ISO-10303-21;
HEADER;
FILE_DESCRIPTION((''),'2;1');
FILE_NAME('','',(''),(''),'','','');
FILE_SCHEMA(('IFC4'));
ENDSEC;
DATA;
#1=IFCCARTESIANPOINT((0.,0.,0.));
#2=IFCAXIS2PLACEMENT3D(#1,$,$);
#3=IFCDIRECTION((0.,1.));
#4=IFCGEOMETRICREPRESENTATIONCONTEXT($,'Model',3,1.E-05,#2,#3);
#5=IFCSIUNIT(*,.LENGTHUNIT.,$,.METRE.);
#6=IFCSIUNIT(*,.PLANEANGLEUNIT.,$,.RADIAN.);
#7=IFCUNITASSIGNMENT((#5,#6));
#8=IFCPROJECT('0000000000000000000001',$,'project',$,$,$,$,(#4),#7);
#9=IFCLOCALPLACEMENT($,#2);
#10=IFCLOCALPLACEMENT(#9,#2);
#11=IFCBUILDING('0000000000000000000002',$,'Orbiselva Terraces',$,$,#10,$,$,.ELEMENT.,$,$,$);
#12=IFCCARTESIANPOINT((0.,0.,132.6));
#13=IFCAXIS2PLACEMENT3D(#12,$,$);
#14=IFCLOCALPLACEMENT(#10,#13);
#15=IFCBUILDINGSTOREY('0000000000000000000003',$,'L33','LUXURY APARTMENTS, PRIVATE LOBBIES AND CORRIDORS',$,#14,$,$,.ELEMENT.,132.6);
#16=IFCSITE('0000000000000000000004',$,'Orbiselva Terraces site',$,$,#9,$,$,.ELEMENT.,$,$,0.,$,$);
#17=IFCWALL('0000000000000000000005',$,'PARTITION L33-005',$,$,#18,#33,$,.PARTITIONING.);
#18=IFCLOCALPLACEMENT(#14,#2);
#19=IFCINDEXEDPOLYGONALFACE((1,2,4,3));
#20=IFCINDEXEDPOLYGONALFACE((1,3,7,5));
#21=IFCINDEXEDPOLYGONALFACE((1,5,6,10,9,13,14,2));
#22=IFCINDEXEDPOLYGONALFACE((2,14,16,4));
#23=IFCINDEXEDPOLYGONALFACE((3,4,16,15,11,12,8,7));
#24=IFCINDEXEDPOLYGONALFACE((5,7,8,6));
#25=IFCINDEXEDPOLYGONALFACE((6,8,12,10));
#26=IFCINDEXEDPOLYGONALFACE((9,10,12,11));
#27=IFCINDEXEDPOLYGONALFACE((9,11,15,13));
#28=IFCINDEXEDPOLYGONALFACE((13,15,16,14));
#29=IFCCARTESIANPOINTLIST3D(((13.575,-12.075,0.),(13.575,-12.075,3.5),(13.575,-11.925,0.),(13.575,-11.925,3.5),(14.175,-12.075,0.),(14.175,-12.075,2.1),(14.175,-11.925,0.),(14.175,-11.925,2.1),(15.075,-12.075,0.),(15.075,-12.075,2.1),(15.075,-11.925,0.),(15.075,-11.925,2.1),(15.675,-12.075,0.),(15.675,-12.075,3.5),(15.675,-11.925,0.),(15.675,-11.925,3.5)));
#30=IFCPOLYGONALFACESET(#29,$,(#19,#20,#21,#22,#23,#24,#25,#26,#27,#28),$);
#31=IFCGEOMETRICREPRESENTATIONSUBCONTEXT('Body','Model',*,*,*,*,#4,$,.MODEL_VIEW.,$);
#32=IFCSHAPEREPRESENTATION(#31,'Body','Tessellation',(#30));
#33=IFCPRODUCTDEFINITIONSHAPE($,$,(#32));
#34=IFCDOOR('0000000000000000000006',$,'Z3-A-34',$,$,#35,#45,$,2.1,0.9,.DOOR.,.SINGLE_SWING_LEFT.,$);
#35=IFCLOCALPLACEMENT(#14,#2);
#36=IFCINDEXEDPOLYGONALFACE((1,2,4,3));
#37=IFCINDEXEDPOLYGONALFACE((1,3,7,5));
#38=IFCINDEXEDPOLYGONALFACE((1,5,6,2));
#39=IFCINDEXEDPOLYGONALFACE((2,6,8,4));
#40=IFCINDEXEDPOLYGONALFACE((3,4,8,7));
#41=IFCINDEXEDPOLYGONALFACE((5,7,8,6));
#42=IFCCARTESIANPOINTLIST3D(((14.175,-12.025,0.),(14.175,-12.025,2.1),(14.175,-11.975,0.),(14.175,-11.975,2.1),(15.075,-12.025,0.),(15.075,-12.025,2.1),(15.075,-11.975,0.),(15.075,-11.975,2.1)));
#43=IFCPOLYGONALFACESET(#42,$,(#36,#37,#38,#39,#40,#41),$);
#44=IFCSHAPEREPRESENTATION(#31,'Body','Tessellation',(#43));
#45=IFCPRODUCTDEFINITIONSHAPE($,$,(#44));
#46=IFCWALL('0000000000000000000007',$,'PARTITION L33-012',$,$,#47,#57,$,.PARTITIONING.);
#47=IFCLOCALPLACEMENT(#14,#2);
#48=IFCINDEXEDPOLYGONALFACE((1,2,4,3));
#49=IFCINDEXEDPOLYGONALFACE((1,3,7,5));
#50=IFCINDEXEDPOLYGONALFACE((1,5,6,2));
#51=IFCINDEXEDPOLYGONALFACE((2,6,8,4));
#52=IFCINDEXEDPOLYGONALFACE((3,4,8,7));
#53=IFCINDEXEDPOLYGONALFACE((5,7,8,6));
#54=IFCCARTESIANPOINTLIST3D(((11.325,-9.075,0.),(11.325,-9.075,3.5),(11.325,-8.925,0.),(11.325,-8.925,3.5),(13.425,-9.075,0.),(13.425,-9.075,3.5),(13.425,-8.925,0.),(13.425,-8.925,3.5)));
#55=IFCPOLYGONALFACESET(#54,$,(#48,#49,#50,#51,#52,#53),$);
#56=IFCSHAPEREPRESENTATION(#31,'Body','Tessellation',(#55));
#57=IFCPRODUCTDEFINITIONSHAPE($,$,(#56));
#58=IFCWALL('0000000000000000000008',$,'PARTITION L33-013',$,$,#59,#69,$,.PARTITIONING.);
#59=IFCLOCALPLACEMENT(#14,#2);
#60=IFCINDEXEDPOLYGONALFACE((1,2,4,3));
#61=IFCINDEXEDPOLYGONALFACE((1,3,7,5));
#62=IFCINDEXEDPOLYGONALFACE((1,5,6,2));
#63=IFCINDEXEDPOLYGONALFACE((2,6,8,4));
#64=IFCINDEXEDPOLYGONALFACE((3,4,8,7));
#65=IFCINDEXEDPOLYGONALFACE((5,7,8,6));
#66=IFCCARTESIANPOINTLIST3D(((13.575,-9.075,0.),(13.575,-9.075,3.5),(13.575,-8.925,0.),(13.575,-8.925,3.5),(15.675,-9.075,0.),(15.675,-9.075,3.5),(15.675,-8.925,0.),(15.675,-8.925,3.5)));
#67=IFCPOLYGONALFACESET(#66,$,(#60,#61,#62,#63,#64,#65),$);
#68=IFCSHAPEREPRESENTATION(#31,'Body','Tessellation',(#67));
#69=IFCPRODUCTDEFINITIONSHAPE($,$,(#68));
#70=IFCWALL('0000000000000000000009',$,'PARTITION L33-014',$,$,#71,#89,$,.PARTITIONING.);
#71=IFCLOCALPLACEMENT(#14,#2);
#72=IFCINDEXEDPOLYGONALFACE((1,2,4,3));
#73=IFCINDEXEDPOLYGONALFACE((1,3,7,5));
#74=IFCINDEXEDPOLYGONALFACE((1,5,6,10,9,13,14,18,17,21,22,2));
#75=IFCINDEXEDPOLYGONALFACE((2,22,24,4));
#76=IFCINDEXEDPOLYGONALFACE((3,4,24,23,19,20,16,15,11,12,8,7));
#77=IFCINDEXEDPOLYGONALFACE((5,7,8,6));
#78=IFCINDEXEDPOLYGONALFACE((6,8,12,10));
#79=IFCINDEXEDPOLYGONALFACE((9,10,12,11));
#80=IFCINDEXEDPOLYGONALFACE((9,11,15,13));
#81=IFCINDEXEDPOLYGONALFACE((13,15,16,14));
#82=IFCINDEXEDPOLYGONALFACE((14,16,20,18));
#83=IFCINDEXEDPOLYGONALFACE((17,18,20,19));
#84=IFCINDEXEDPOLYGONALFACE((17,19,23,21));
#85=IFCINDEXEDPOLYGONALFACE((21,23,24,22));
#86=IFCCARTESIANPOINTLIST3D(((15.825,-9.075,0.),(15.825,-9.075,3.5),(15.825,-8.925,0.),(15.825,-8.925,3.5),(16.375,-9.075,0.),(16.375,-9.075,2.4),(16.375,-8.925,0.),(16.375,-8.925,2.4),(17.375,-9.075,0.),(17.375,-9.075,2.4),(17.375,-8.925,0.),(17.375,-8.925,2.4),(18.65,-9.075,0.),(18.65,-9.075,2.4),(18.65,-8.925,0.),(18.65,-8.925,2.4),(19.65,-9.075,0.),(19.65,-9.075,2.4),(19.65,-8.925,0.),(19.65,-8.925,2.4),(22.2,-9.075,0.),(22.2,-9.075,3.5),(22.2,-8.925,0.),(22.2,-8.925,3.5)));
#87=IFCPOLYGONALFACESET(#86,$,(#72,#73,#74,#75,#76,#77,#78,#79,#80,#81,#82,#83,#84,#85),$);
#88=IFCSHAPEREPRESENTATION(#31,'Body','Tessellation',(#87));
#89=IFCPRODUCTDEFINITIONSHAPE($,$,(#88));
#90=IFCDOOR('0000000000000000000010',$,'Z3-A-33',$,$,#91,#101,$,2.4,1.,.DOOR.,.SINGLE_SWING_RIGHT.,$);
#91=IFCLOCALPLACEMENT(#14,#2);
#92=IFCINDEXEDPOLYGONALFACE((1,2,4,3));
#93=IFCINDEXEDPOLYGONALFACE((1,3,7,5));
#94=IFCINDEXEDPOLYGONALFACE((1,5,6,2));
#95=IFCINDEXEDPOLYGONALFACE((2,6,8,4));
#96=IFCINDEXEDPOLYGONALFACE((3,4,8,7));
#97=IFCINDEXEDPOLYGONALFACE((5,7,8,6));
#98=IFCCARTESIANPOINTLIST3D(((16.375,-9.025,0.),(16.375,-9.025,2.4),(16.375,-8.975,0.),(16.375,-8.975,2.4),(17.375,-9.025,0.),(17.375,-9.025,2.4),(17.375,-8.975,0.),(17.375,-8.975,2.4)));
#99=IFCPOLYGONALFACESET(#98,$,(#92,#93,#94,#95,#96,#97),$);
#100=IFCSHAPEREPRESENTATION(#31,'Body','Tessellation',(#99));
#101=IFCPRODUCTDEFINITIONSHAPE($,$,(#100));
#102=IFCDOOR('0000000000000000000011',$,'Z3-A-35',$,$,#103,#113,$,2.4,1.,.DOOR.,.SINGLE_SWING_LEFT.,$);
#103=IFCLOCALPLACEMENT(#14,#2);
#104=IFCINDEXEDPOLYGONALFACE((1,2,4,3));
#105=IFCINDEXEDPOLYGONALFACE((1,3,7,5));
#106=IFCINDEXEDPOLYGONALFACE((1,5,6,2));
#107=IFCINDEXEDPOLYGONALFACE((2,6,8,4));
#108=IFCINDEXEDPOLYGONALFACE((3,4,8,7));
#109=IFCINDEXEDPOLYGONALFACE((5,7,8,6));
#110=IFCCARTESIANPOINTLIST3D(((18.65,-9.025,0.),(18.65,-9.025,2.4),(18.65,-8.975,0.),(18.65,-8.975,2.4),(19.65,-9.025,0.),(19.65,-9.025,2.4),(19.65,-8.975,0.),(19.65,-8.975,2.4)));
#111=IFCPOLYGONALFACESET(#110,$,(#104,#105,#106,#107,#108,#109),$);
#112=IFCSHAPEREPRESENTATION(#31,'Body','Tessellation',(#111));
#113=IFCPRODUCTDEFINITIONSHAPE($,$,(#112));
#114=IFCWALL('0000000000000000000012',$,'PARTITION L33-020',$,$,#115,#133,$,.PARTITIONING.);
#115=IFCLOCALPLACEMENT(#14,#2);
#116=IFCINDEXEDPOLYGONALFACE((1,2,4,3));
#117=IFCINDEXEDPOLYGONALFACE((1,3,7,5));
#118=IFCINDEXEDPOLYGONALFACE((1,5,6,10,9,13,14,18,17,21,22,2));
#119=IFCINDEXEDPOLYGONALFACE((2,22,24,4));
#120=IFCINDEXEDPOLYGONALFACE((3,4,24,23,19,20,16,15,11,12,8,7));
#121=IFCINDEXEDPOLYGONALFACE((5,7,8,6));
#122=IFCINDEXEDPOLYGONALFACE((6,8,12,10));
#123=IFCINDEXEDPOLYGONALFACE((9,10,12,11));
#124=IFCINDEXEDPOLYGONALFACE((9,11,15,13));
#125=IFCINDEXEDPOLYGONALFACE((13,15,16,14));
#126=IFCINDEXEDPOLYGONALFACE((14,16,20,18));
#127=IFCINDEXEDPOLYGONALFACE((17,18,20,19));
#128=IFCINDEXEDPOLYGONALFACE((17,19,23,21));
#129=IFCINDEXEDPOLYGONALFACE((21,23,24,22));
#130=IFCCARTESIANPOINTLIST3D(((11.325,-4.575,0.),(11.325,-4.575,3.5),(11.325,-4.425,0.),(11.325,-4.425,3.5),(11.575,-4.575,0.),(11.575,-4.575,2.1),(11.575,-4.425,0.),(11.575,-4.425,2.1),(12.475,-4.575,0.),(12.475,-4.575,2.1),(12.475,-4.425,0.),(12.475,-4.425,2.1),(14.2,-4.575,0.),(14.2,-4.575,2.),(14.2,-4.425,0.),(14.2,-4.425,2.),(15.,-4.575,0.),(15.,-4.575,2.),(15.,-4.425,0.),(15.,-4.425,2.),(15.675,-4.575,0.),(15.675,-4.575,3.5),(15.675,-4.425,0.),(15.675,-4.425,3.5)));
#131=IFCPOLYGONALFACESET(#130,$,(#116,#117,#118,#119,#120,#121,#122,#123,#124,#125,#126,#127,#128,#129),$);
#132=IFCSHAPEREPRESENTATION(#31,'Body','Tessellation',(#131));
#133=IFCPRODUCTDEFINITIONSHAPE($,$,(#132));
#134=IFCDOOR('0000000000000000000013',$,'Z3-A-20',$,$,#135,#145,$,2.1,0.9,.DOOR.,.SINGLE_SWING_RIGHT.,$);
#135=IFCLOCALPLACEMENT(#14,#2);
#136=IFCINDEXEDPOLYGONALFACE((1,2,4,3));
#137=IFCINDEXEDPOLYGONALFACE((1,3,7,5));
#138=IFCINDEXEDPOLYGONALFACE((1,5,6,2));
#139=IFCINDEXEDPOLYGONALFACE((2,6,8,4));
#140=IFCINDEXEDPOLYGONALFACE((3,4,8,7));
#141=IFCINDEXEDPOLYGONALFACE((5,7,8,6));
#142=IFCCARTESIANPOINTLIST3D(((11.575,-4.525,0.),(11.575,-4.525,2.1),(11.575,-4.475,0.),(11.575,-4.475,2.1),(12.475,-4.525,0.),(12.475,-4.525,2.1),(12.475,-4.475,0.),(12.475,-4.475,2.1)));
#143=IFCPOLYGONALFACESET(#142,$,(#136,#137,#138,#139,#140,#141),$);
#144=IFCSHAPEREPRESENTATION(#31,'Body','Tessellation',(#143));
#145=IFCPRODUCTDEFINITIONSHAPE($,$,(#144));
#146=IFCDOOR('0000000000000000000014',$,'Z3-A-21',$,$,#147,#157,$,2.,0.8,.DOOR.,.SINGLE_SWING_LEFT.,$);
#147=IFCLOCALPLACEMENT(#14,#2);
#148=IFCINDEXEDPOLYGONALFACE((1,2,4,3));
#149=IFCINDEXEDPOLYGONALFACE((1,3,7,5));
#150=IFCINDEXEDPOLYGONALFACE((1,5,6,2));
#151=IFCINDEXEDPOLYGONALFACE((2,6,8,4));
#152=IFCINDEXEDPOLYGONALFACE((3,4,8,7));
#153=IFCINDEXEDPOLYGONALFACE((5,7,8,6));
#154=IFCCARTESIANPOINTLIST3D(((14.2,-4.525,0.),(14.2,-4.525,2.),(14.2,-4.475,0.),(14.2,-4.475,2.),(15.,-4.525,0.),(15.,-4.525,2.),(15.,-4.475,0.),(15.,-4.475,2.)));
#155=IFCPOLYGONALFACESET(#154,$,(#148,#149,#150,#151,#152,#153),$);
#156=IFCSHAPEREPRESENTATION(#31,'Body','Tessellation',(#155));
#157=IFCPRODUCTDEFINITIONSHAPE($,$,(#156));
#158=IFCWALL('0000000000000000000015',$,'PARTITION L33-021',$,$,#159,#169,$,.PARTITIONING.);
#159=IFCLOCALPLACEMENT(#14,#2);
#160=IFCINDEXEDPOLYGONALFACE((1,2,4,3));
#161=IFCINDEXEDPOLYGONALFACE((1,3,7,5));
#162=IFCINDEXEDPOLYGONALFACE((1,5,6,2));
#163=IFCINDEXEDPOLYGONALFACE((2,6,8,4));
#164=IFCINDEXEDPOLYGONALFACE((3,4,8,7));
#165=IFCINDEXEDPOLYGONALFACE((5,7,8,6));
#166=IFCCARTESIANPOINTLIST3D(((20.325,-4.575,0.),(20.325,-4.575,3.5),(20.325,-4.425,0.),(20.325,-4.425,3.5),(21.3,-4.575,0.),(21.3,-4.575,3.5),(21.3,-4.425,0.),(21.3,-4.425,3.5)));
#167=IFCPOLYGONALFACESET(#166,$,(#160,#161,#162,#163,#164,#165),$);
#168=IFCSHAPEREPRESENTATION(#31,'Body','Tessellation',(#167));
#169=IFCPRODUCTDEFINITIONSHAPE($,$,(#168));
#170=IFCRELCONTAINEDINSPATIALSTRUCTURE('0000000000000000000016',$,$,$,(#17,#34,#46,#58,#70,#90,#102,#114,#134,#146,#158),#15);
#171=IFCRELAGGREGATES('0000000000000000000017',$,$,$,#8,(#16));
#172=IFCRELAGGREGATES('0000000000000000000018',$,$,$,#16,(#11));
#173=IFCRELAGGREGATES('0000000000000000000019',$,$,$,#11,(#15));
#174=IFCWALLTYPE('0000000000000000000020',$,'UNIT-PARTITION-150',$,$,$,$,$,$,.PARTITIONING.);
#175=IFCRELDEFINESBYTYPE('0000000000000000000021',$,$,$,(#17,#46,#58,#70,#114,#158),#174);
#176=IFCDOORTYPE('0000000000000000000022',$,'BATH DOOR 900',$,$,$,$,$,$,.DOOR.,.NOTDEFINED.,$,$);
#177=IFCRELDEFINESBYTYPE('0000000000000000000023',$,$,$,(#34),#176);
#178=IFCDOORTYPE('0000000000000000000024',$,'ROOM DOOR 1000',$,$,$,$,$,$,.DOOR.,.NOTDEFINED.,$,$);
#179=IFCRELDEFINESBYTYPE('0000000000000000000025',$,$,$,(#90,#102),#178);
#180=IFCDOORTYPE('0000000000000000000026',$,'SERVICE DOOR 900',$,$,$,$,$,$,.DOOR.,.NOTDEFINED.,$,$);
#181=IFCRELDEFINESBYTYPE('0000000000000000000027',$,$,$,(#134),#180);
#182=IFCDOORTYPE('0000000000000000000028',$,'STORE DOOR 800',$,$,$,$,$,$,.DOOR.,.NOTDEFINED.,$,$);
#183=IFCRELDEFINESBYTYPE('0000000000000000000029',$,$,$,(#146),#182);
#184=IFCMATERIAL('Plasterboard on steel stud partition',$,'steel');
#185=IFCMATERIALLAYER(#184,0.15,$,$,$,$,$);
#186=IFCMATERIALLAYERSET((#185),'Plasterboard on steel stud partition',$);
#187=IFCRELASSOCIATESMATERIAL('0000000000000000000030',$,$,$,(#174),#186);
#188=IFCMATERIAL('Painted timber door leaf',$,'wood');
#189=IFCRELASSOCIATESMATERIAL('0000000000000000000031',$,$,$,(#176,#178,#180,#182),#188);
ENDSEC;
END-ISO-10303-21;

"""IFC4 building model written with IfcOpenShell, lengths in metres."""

from ifc_helpers import new_model, si_unit, direction, frame, frame_2d, origin, place, context, subcontext, project, spatial, rectangle, extrude, material, layer, layer_set, type_object, element, fill, save


model = new_model("IFC4")

# Units and contexts
model_context = context("Model", 3, precision=1e-05, world=origin(), true_north=direction((0.0, 1.0)))
body_context = subcontext(model_context, "Body", "Model", "MODEL_VIEW")
ifc_project = project(units=[si_unit("LENGTHUNIT", "METRE"), si_unit("PLANEANGLEUNIT", "RADIAN")], contexts=[model_context])

# Site, building, storey
site_placement = place(None, origin())
site = spatial("IfcSite", under=ifc_project, at=site_placement, Name="Orbiselva Terraces site", CompositionType="ELEMENT", RefElevation=0.0)
building_placement = place(site_placement, origin())
building = spatial("IfcBuilding", under=site, at=building_placement, Name="Orbiselva Terraces", CompositionType="ELEMENT")
storey_placement = place(building_placement, frame((0.0, 0.0, 132.6)))
storey = spatial("IfcBuildingStorey", under=building, at=storey_placement, Name="L33", Description="LUXURY APARTMENTS, PRIVATE LOBBIES AND CORRIDORS", CompositionType="ELEMENT", Elevation=132.6)

# Shared definitions
ifc_material_1 = material(Name="Plasterboard on steel stud partition", Category="steel")
ifc_material_2 = material(Name="Painted timber door leaf", Category="wood")

# Wall, opening, door
ifc_layer_1 = layer(ifc_material_1, 0.15)
ifc_layer_set_1 = layer_set([ifc_layer_1], Name="Plasterboard on steel stud partition")
wall_type_1 = type_object("IfcWallType", Name="UNIT-PARTITION-150", PredefinedType="PARTITIONING", material=ifc_layer_set_1)
door_type_1 = type_object("IfcDoorType", Name="BATH DOOR 900", OperationType="NOTDEFINED", PredefinedType="DOOR", material=ifc_material_2)
wall_1_placement = place(storey_placement, frame((13.575, -12.0, 0.0), z_axis=(0.0, 0.0, 1.0), x_axis=(1.0, 0.0, 0.0)))
wall_1 = element("IfcWall", 1, at=wall_1_placement, inside=storey, type_object=wall_type_1, Name="PARTITION L33-005", PredefinedType="PARTITIONING", context=body_context, shape_type="SweptSolid", body=[
    extrude(rectangle(XDim=2.1, YDim=0.15, at=frame_2d((1.05, 0.0))), origin(), (0.0, 0.0, 1.0), 3.5),
])
opening_1_placement = place(wall_1_placement, frame((0.6, 0.0, 0.0)))
opening_1 = element("IfcOpeningElement", 2, at=opening_1_placement, cuts=wall_1, PredefinedType="OPENING", context=body_context, shape_type="SweptSolid", body=[
    extrude(rectangle(XDim=0.9, YDim=2.1, at=frame_2d((0.45, 1.05))), frame((0.0, 0.085, 0.0), z_axis=(0.0, -1.0, 0.0), x_axis=(1.0, 0.0, 0.0)), (0.0, 0.0, 1.0), 0.17),
])
door_1_placement = place(opening_1_placement, origin())
door_1 = element("IfcDoor", 3, at=door_1_placement, inside=storey, type_object=door_type_1, Name="Z3-A-34", OperationType="SINGLE_SWING_LEFT", OverallHeight=2.1, OverallWidth=0.9, PredefinedType="DOOR", context=body_context, shape_type="SweptSolid", body=[
    extrude(rectangle(XDim=0.9, YDim=2.1, at=frame_2d((0.45, 1.05))), frame((0.0, 0.025, 0.0), z_axis=(0.0, -1.0, 0.0), x_axis=(1.0, 0.0, 0.0)), (0.0, 0.0, 1.0), 0.05),
])
fill(opening_1, door_1)

# Walls
for number, where, z_axis, x_axis, name in (
    (4, (11.325, -9.0, 0.0), (0.0, 0.0, 1.0), (1.0, 0.0, 0.0), "PARTITION L33-012"),
    (5, (13.575, -9.0, 0.0), (0.0, 0.0, 1.0), (1.0, 0.0, 0.0), "PARTITION L33-013"),
):
    element("IfcWall", number, at=place(storey_placement, frame(where, z_axis=z_axis, x_axis=x_axis)), inside=storey, type_object=wall_type_1, Name=name, PredefinedType="PARTITIONING", context=body_context, shape_type="SweptSolid", body=[
        extrude(rectangle(XDim=2.1, YDim=0.15, at=frame_2d((1.05, 0.0))), origin(), (0.0, 0.0, 1.0), 3.5),
    ])

# Walls, openings, doors
wall_2_placement = place(storey_placement, frame((22.2, -9.0, 0.0), z_axis=(0.0, 0.0, 1.0), x_axis=(-1.0, 0.0, 0.0)))
wall_2 = element("IfcWall", 6, at=wall_2_placement, inside=storey, type_object=wall_type_1, Name="PARTITION L33-014", PredefinedType="PARTITIONING", context=body_context, shape_type="SweptSolid", body=[
    extrude(rectangle(XDim=6.375, YDim=0.15, at=frame_2d((3.1875, 0.0))), origin(), (0.0, 0.0, 1.0), 3.5),
])
opening_2_placement = place(wall_2_placement, frame((4.825, 0.0, 0.0)))
opening_2 = element("IfcOpeningElement", 7, at=opening_2_placement, cuts=wall_2, PredefinedType="OPENING", context=body_context, shape_type="SweptSolid", body=[
    extrude(rectangle(XDim=1.0, YDim=2.4, at=frame_2d((0.5, 1.2))), frame((0.0, 0.085, 0.0), z_axis=(0.0, -1.0, 0.0), x_axis=(1.0, 0.0, 0.0)), (0.0, 0.0, 1.0), 0.17),
])
opening_3_placement = place(wall_2_placement, frame((2.55, 0.0, 0.0)))
opening_3 = element("IfcOpeningElement", 8, at=opening_3_placement, cuts=wall_2, PredefinedType="OPENING", context=body_context, shape_type="SweptSolid", body=[
    extrude(rectangle(XDim=1.0, YDim=2.4, at=frame_2d((0.5, 1.2))), frame((0.0, 0.085, 0.0), z_axis=(0.0, -1.0, 0.0), x_axis=(1.0, 0.0, 0.0)), (0.0, 0.0, 1.0), 0.17),
])
door_type_2 = type_object("IfcDoorType", Name="ROOM DOOR 1000", OperationType="NOTDEFINED", PredefinedType="DOOR", material=ifc_material_2)
door_2_placement = place(opening_2_placement, origin())
door_2 = element("IfcDoor", 9, at=door_2_placement, inside=storey, type_object=door_type_2, Name="Z3-A-33", OperationType="SINGLE_SWING_RIGHT", OverallHeight=2.4, OverallWidth=1.0, PredefinedType="DOOR", context=body_context, shape_type="SweptSolid", body=[
    extrude(rectangle(XDim=1.0, YDim=2.4, at=frame_2d((0.5, 1.2))), frame((0.0, 0.025, 0.0), z_axis=(0.0, -1.0, 0.0), x_axis=(1.0, 0.0, 0.0)), (0.0, 0.0, 1.0), 0.05),
])
fill(opening_2, door_2)
door_3_placement = place(opening_3_placement, origin())
door_3 = element("IfcDoor", 10, at=door_3_placement, inside=storey, type_object=door_type_2, Name="Z3-A-35", OperationType="SINGLE_SWING_LEFT", OverallHeight=2.4, OverallWidth=1.0, PredefinedType="DOOR", context=body_context, shape_type="SweptSolid", body=[
    extrude(rectangle(XDim=1.0, YDim=2.4, at=frame_2d((0.5, 1.2))), frame((0.0, 0.025, 0.0), z_axis=(0.0, -1.0, 0.0), x_axis=(1.0, 0.0, 0.0)), (0.0, 0.0, 1.0), 0.05),
])
fill(opening_3, door_3)
wall_3_placement = place(storey_placement, frame((15.675, -4.5, 0.0), z_axis=(0.0, 0.0, 1.0), x_axis=(-1.0, 0.0, 0.0)))
wall_3 = element("IfcWall", 11, at=wall_3_placement, inside=storey, type_object=wall_type_1, Name="PARTITION L33-020", PredefinedType="PARTITIONING", context=body_context, shape_type="SweptSolid", body=[
    extrude(rectangle(XDim=4.35, YDim=0.15, at=frame_2d((2.175, 0.0))), origin(), (0.0, 0.0, 1.0), 3.5),
])
opening_4_placement = place(wall_3_placement, frame((3.2, 0.0, 0.0)))
opening_4 = element("IfcOpeningElement", 12, at=opening_4_placement, cuts=wall_3, PredefinedType="OPENING", context=body_context, shape_type="SweptSolid", body=[
    extrude(rectangle(XDim=0.9, YDim=2.1, at=frame_2d((0.45, 1.05))), frame((0.0, 0.085, 0.0), z_axis=(0.0, -1.0, 0.0), x_axis=(1.0, 0.0, 0.0)), (0.0, 0.0, 1.0), 0.17),
])
opening_5_placement = place(wall_3_placement, frame((0.675, 0.0, 0.0)))
opening_5 = element("IfcOpeningElement", 13, at=opening_5_placement, cuts=wall_3, PredefinedType="OPENING", context=body_context, shape_type="SweptSolid", body=[
    extrude(rectangle(XDim=0.8, YDim=2.0, at=frame_2d((0.4, 1.0))), frame((0.0, 0.085, 0.0), z_axis=(0.0, -1.0, 0.0), x_axis=(1.0, 0.0, 0.0)), (0.0, 0.0, 1.0), 0.17),
])
door_type_3 = type_object("IfcDoorType", Name="SERVICE DOOR 900", OperationType="NOTDEFINED", PredefinedType="DOOR", material=ifc_material_2)
door_4_placement = place(opening_4_placement, origin())
door_4 = element("IfcDoor", 14, at=door_4_placement, inside=storey, type_object=door_type_3, Name="Z3-A-20", OperationType="SINGLE_SWING_RIGHT", OverallHeight=2.1, OverallWidth=0.9, PredefinedType="DOOR", context=body_context, shape_type="SweptSolid", body=[
    extrude(rectangle(XDim=0.9, YDim=2.1, at=frame_2d((0.45, 1.05))), frame((0.0, 0.025, 0.0), z_axis=(0.0, -1.0, 0.0), x_axis=(1.0, 0.0, 0.0)), (0.0, 0.0, 1.0), 0.05),
])
fill(opening_4, door_4)
door_type_4 = type_object("IfcDoorType", Name="STORE DOOR 800", OperationType="NOTDEFINED", PredefinedType="DOOR", material=ifc_material_2)
door_5_placement = place(opening_5_placement, origin())
door_5 = element("IfcDoor", 15, at=door_5_placement, inside=storey, type_object=door_type_4, Name="Z3-A-21", OperationType="SINGLE_SWING_LEFT", OverallHeight=2.0, OverallWidth=0.8, PredefinedType="DOOR", context=body_context, shape_type="SweptSolid", body=[
    extrude(rectangle(XDim=0.8, YDim=2.0, at=frame_2d((0.4, 1.0))), frame((0.0, 0.025, 0.0), z_axis=(0.0, -1.0, 0.0), x_axis=(1.0, 0.0, 0.0)), (0.0, 0.0, 1.0), 0.05),
])
fill(opening_5, door_5)

# Wall
wall_4_placement = place(storey_placement, frame((20.325, -4.5, 0.0), z_axis=(0.0, 0.0, 1.0), x_axis=(1.0, 0.0, 0.0)))
element("IfcWall", 16, at=wall_4_placement, inside=storey, type_object=wall_type_1, Name="PARTITION L33-021", PredefinedType="PARTITIONING", context=body_context, shape_type="SweptSolid", body=[
    extrude(rectangle(XDim=0.975, YDim=0.15, at=frame_2d((0.4875, 0.0))), origin(), (0.0, 0.0, 1.0), 3.5),
])

save(model, "model.ifc")
